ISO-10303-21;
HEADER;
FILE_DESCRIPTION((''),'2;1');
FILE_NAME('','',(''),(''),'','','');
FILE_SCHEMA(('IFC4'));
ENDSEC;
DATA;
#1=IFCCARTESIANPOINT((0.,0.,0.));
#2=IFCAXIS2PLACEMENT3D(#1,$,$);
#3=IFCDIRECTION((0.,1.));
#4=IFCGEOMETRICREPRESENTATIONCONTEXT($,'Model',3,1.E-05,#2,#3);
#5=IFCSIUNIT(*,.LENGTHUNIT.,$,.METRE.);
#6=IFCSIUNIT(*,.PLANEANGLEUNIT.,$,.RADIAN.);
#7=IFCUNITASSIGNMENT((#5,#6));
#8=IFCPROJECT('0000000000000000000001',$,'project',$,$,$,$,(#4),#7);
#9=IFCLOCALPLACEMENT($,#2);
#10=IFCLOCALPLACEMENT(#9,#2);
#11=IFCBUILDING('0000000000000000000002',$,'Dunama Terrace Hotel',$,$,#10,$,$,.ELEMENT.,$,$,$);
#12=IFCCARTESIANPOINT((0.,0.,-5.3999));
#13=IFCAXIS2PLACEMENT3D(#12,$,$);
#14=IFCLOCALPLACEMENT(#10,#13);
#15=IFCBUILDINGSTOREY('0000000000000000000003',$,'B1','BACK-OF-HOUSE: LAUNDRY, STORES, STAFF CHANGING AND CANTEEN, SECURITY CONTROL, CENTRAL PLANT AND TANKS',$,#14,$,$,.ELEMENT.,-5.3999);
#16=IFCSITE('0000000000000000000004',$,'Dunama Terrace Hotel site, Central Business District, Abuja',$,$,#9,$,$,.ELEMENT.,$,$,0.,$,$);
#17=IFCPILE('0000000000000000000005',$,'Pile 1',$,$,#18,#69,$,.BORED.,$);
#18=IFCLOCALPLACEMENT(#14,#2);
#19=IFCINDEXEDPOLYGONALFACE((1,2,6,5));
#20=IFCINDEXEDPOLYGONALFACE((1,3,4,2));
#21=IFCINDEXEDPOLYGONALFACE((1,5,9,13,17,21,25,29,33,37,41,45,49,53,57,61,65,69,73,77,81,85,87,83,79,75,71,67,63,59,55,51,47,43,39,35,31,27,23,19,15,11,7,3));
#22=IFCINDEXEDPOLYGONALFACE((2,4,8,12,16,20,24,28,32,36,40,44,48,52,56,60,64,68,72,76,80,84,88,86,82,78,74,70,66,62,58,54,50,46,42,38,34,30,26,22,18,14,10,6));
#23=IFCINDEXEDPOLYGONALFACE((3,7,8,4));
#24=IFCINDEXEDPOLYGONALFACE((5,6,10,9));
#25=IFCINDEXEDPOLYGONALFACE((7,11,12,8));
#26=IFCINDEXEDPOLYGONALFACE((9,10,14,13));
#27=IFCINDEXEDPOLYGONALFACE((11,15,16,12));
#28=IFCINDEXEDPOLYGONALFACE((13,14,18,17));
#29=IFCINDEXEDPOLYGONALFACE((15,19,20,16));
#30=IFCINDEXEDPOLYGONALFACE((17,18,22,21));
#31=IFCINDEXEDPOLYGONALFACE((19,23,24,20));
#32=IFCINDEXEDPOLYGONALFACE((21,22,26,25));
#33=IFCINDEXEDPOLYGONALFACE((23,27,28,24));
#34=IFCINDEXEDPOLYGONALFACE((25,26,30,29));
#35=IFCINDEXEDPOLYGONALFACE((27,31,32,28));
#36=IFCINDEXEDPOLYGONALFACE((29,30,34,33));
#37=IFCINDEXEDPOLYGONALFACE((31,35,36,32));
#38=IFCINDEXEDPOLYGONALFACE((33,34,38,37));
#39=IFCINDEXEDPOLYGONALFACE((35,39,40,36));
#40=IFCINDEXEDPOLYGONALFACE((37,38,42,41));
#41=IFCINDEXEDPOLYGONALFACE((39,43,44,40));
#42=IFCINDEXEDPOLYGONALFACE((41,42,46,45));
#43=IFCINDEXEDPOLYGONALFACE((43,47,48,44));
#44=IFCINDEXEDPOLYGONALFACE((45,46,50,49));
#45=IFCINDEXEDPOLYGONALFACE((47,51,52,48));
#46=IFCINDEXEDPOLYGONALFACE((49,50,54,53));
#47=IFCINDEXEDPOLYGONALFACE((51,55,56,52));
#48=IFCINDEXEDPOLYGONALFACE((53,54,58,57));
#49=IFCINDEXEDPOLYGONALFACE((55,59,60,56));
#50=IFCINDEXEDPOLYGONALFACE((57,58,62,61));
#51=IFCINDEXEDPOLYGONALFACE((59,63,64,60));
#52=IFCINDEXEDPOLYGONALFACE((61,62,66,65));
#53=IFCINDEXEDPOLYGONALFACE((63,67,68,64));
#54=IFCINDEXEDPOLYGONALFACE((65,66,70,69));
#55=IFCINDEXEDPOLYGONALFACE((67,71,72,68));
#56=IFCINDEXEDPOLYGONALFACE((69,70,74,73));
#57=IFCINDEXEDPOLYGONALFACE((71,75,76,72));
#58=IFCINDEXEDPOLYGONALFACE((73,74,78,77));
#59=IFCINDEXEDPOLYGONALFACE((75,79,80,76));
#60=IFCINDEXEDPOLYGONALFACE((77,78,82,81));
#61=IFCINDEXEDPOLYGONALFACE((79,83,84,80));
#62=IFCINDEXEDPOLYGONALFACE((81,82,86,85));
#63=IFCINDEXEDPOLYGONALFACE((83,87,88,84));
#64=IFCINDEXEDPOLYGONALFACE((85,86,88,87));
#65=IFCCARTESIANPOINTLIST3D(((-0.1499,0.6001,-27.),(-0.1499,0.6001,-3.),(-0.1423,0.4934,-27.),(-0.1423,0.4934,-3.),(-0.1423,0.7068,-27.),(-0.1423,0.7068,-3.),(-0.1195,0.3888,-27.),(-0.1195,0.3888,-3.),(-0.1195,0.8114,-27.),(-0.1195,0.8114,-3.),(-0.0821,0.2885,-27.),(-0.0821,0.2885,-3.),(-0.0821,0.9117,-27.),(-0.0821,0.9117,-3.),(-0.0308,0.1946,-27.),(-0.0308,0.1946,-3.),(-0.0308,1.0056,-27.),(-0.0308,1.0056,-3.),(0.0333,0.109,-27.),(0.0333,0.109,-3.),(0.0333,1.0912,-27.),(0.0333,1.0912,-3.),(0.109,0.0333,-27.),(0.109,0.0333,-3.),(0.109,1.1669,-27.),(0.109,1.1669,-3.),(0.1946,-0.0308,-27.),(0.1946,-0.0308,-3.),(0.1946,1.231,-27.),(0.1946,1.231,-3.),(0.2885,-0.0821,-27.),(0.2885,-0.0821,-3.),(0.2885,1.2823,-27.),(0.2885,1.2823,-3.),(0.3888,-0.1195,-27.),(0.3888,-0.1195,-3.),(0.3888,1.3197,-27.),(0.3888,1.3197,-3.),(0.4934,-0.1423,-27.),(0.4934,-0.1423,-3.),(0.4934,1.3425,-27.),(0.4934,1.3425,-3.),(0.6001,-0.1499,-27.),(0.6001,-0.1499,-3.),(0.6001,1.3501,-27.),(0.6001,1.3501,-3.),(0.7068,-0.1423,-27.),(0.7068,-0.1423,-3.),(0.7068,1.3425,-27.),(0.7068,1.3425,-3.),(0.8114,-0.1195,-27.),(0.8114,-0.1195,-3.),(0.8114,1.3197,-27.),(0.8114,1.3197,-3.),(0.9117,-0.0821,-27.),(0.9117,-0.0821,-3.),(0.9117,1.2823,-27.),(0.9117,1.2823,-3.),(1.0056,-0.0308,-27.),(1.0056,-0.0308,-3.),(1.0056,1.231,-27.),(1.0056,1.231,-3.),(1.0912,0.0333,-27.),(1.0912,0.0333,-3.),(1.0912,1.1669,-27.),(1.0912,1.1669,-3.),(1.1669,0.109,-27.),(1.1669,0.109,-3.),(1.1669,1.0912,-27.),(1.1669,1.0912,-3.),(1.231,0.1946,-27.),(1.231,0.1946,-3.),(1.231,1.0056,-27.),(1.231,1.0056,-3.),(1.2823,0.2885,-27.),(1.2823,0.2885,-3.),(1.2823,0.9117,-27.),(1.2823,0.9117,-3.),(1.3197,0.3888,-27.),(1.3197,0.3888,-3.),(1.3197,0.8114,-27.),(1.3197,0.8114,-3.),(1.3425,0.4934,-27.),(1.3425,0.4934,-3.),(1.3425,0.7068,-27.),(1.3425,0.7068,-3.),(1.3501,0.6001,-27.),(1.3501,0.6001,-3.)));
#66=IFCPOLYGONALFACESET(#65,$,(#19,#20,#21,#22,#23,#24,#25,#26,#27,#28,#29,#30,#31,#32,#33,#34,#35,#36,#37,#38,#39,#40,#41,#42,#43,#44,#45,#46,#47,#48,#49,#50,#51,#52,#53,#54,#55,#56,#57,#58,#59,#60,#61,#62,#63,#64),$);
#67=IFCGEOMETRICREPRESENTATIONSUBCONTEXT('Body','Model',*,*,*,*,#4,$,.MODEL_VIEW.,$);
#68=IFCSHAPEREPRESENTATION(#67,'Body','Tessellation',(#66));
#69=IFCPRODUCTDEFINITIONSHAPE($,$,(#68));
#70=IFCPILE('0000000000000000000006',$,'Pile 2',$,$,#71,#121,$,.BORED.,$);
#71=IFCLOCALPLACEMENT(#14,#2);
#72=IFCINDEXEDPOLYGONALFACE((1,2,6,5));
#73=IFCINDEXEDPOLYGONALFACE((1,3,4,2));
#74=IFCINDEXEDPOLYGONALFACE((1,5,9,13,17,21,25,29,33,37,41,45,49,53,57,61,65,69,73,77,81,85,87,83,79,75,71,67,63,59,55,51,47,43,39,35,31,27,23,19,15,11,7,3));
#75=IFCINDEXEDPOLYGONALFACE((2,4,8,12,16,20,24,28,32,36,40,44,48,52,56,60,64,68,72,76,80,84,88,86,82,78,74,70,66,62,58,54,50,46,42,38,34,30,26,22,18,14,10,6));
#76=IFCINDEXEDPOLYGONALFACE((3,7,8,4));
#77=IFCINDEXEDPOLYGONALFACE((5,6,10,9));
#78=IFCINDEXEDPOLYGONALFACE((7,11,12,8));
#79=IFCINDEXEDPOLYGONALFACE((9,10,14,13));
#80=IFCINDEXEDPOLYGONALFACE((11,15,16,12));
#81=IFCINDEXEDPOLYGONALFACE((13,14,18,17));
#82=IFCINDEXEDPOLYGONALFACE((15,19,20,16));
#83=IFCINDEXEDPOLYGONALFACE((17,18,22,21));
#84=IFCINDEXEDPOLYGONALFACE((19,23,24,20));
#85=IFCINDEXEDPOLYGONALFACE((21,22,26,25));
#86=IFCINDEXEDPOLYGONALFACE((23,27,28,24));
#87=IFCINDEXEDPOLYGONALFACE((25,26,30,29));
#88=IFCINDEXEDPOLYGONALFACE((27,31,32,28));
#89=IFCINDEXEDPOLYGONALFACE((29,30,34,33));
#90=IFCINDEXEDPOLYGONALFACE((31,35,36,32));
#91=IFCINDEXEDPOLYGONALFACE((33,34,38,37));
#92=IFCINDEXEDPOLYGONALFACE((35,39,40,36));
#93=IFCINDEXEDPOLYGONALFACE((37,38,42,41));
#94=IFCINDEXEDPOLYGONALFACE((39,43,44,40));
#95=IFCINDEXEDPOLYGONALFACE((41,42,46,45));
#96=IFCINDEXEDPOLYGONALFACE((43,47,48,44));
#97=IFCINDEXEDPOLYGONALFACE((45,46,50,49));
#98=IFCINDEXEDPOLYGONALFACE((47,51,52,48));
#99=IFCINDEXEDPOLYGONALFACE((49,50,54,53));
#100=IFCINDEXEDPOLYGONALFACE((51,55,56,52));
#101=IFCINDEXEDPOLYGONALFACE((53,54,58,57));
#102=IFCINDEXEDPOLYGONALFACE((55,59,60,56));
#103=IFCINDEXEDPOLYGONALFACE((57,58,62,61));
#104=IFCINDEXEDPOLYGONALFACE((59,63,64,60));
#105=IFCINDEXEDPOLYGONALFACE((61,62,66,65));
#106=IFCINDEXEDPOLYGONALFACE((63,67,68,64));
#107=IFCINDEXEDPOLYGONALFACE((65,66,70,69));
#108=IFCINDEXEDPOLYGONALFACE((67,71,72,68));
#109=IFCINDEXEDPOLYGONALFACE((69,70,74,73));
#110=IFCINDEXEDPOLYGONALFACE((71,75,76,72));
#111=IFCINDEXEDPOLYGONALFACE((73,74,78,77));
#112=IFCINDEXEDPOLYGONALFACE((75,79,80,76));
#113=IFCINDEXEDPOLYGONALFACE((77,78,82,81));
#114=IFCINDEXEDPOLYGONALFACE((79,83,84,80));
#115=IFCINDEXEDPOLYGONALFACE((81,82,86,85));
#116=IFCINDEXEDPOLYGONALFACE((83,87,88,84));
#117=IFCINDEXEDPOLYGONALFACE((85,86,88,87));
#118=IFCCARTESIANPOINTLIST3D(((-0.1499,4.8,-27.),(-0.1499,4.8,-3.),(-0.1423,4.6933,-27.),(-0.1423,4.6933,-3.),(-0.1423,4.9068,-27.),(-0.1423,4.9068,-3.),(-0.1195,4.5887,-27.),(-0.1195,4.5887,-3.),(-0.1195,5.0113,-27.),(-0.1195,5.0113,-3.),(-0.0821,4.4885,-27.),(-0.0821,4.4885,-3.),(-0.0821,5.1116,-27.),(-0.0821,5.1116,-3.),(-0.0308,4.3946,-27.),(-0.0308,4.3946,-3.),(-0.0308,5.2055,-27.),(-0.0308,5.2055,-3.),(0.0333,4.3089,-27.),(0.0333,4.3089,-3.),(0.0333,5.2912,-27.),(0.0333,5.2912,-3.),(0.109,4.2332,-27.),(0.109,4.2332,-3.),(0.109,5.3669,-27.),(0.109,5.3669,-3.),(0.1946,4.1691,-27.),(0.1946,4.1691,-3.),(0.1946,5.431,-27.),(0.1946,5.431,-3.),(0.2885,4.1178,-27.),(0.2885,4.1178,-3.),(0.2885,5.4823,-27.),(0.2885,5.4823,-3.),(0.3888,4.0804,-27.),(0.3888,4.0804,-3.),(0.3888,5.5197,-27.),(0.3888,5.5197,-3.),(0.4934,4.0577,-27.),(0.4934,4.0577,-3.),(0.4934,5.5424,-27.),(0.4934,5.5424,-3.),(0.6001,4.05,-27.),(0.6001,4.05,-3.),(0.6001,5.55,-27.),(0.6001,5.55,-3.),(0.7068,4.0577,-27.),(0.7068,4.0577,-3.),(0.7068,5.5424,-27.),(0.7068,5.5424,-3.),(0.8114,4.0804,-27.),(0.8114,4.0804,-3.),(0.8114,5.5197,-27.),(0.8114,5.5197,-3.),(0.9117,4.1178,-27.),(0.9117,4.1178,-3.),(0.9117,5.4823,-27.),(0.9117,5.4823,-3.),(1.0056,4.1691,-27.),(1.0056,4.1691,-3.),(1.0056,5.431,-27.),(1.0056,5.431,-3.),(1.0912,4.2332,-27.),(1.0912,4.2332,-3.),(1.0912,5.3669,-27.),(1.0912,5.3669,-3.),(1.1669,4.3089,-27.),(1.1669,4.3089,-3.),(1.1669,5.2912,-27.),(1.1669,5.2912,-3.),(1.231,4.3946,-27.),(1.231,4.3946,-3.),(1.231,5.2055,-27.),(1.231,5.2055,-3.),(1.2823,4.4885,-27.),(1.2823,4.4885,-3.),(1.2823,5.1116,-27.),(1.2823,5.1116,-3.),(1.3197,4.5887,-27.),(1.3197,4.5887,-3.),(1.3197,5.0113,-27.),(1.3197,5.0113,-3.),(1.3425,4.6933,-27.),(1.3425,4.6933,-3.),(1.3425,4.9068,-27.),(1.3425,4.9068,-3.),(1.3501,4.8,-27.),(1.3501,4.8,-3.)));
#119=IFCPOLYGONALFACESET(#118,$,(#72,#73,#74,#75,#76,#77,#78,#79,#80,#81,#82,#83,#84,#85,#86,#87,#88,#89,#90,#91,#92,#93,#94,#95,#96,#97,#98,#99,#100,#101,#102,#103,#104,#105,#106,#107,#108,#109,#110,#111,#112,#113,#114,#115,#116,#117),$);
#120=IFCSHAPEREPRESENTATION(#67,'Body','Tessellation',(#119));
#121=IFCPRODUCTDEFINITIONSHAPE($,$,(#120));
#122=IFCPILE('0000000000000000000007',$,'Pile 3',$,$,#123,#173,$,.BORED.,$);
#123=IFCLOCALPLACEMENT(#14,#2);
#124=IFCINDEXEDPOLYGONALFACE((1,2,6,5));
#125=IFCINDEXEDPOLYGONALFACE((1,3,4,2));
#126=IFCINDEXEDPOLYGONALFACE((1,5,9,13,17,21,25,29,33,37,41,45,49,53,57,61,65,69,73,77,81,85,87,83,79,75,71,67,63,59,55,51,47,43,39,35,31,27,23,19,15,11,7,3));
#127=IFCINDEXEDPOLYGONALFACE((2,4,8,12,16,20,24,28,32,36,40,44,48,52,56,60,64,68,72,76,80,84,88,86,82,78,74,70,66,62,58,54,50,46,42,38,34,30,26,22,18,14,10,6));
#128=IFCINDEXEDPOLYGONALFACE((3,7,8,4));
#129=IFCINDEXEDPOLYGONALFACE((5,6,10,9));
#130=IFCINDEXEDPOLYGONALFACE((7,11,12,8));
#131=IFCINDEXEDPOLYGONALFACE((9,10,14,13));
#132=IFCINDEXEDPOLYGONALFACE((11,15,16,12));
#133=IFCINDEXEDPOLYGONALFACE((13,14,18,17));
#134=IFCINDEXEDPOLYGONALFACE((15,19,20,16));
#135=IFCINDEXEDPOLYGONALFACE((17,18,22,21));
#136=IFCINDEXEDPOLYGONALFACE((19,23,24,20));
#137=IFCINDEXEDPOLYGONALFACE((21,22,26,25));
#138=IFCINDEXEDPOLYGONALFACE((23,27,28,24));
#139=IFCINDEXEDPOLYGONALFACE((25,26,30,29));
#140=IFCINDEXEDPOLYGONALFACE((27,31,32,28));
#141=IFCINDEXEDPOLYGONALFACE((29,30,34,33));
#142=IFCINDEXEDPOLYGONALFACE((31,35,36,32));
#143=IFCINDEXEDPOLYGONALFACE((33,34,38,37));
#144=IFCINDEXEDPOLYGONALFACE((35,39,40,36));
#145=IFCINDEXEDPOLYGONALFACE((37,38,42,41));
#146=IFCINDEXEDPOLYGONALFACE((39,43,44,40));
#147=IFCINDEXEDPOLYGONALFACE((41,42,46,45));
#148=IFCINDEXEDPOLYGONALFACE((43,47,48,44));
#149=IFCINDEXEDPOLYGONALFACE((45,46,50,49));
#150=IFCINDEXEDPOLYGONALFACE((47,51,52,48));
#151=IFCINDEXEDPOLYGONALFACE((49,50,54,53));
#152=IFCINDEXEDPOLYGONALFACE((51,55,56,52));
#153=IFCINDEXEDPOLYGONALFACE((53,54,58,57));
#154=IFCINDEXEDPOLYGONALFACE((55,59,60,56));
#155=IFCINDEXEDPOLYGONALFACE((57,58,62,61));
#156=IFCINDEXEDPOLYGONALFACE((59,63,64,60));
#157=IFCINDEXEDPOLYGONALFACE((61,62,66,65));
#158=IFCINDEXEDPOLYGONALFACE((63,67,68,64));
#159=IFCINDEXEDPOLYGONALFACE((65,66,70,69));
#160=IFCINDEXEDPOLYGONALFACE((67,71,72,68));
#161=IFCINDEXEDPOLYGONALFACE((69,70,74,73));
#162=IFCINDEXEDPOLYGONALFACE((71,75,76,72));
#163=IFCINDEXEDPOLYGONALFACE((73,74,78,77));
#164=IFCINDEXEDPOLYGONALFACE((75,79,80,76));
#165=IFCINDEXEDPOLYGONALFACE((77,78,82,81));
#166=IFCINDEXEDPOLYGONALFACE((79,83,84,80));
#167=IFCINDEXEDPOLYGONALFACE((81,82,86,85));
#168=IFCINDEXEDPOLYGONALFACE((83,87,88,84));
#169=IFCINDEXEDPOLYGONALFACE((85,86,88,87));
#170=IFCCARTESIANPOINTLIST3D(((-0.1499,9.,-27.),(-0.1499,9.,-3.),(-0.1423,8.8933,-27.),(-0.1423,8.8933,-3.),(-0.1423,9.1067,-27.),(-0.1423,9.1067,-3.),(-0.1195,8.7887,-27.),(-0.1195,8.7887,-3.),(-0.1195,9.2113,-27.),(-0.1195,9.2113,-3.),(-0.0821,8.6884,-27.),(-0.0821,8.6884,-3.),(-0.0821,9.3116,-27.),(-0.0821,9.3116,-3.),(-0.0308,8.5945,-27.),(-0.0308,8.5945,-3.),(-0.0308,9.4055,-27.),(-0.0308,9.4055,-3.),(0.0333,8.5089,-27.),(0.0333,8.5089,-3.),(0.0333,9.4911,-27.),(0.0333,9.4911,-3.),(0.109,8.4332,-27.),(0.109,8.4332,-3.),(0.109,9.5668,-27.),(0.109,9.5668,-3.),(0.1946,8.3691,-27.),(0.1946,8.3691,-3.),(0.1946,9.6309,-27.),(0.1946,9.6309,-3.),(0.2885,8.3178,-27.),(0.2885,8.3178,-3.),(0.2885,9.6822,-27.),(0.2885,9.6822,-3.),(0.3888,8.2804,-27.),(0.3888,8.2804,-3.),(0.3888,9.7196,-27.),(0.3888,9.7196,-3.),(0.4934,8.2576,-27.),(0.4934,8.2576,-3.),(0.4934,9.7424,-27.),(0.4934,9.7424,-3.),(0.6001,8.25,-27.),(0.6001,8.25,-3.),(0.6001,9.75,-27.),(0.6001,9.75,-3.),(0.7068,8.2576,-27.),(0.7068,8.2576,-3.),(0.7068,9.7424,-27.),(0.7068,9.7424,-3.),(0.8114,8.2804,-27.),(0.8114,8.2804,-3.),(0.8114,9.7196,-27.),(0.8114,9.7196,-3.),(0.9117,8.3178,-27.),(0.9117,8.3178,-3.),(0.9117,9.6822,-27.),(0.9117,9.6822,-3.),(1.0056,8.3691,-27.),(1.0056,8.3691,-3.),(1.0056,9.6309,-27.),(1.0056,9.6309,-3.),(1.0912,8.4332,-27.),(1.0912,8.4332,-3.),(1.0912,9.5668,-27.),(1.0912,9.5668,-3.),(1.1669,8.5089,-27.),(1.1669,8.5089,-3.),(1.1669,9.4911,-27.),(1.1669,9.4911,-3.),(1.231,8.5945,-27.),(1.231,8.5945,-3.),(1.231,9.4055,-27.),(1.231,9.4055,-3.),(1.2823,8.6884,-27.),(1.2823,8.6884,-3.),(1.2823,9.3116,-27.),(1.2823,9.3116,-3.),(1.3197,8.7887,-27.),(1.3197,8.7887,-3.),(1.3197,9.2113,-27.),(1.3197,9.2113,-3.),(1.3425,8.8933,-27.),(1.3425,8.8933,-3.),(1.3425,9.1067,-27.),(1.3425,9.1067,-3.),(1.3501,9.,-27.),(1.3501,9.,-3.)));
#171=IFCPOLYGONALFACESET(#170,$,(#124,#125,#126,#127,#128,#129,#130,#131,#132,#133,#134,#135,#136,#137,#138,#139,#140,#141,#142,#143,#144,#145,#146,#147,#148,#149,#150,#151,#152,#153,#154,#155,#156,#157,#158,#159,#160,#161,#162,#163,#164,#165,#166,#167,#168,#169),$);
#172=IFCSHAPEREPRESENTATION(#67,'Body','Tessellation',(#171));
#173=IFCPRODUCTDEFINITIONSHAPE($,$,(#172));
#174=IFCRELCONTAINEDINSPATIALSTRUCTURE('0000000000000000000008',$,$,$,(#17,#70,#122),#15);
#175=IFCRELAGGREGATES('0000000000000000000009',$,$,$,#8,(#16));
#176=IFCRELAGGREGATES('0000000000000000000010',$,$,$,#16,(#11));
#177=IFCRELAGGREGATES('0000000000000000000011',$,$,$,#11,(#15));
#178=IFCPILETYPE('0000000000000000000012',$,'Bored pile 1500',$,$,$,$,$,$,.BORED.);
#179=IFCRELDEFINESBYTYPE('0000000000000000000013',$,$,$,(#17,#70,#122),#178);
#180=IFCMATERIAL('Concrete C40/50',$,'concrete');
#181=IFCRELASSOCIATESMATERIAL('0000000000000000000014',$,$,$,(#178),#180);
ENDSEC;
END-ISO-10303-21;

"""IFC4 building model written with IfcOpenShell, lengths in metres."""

from ifc_helpers import new_model, si_unit, direction, frame, origin, origin_2d, place, context, subcontext, project, spatial, circle, extrude, material, material_profile, profile_set, type_object, element, save


model = new_model("IFC4")

# Units and contexts
model_context = context("Model", 3, precision=1e-05, world=origin(), true_north=direction((0.0, 1.0)))
body_context = subcontext(model_context, "Body", "Model", "MODEL_VIEW")
ifc_project = project(units=[si_unit("LENGTHUNIT", "METRE"), si_unit("PLANEANGLEUNIT", "RADIAN")], contexts=[model_context])

# Site, building, storey
site_placement = place(None, origin())
site = spatial("IfcSite", under=ifc_project, at=site_placement, Name="Dunama Terrace Hotel site, Central Business District, Abuja", CompositionType="ELEMENT", RefElevation=0.0)
building_placement = place(site_placement, origin())
building = spatial("IfcBuilding", under=site, at=building_placement, Name="Dunama Terrace Hotel", CompositionType="ELEMENT")
storey_placement = place(building_placement, frame((0.0, 0.0, -5.3999)))
storey = spatial("IfcBuildingStorey", under=building, at=storey_placement, Name="B1", Description="BACK-OF-HOUSE: LAUNDRY, STORES, STAFF CHANGING AND CANTEEN, SECURITY CONTROL, CENTRAL PLANT AND TANKS", CompositionType="ELEMENT", Elevation=-5.3999)

# Piles
ifc_material_1 = material(Name="Concrete C40/50", Category="concrete")
ifc_material_profile_1 = material_profile(ifc_material_1, circle(Radius=0.75, at=origin_2d()), Name="PILE D1500")
ifc_profile_set_1 = profile_set([ifc_material_profile_1], Name="Concrete C40/50")
pile_type = type_object("IfcPileType", Name="Bored pile 1500", PredefinedType="BORED", material=ifc_profile_set_1)
for number, where, z_axis, x_axis, name in (
    (1, (0.6001, 0.6001, -3.0), (0.0, 0.0, -1.0), (1.0, 0.0, 0.0), "Pile 1"),
    (2, (0.6001, 4.8, -3.0), (0.0, 0.0, -1.0), (1.0, 0.0, 0.0), "Pile 2"),
    (3, (0.6001, 9.0, -3.0), (0.0, 0.0, -1.0), (1.0, 0.0, 0.0), "Pile 3"),
):
    element("IfcPile", number, at=place(storey_placement, frame(where, z_axis=z_axis, x_axis=x_axis)), inside=storey, type_object=pile_type, Name=name, PredefinedType="BORED", context=body_context, shape_type="SweptSolid", body=[
        extrude(circle(Radius=0.75, at=origin_2d()), origin(), (0.0, 0.0, 1.0), 24.0),
    ])

save(model, "model.ifc")
